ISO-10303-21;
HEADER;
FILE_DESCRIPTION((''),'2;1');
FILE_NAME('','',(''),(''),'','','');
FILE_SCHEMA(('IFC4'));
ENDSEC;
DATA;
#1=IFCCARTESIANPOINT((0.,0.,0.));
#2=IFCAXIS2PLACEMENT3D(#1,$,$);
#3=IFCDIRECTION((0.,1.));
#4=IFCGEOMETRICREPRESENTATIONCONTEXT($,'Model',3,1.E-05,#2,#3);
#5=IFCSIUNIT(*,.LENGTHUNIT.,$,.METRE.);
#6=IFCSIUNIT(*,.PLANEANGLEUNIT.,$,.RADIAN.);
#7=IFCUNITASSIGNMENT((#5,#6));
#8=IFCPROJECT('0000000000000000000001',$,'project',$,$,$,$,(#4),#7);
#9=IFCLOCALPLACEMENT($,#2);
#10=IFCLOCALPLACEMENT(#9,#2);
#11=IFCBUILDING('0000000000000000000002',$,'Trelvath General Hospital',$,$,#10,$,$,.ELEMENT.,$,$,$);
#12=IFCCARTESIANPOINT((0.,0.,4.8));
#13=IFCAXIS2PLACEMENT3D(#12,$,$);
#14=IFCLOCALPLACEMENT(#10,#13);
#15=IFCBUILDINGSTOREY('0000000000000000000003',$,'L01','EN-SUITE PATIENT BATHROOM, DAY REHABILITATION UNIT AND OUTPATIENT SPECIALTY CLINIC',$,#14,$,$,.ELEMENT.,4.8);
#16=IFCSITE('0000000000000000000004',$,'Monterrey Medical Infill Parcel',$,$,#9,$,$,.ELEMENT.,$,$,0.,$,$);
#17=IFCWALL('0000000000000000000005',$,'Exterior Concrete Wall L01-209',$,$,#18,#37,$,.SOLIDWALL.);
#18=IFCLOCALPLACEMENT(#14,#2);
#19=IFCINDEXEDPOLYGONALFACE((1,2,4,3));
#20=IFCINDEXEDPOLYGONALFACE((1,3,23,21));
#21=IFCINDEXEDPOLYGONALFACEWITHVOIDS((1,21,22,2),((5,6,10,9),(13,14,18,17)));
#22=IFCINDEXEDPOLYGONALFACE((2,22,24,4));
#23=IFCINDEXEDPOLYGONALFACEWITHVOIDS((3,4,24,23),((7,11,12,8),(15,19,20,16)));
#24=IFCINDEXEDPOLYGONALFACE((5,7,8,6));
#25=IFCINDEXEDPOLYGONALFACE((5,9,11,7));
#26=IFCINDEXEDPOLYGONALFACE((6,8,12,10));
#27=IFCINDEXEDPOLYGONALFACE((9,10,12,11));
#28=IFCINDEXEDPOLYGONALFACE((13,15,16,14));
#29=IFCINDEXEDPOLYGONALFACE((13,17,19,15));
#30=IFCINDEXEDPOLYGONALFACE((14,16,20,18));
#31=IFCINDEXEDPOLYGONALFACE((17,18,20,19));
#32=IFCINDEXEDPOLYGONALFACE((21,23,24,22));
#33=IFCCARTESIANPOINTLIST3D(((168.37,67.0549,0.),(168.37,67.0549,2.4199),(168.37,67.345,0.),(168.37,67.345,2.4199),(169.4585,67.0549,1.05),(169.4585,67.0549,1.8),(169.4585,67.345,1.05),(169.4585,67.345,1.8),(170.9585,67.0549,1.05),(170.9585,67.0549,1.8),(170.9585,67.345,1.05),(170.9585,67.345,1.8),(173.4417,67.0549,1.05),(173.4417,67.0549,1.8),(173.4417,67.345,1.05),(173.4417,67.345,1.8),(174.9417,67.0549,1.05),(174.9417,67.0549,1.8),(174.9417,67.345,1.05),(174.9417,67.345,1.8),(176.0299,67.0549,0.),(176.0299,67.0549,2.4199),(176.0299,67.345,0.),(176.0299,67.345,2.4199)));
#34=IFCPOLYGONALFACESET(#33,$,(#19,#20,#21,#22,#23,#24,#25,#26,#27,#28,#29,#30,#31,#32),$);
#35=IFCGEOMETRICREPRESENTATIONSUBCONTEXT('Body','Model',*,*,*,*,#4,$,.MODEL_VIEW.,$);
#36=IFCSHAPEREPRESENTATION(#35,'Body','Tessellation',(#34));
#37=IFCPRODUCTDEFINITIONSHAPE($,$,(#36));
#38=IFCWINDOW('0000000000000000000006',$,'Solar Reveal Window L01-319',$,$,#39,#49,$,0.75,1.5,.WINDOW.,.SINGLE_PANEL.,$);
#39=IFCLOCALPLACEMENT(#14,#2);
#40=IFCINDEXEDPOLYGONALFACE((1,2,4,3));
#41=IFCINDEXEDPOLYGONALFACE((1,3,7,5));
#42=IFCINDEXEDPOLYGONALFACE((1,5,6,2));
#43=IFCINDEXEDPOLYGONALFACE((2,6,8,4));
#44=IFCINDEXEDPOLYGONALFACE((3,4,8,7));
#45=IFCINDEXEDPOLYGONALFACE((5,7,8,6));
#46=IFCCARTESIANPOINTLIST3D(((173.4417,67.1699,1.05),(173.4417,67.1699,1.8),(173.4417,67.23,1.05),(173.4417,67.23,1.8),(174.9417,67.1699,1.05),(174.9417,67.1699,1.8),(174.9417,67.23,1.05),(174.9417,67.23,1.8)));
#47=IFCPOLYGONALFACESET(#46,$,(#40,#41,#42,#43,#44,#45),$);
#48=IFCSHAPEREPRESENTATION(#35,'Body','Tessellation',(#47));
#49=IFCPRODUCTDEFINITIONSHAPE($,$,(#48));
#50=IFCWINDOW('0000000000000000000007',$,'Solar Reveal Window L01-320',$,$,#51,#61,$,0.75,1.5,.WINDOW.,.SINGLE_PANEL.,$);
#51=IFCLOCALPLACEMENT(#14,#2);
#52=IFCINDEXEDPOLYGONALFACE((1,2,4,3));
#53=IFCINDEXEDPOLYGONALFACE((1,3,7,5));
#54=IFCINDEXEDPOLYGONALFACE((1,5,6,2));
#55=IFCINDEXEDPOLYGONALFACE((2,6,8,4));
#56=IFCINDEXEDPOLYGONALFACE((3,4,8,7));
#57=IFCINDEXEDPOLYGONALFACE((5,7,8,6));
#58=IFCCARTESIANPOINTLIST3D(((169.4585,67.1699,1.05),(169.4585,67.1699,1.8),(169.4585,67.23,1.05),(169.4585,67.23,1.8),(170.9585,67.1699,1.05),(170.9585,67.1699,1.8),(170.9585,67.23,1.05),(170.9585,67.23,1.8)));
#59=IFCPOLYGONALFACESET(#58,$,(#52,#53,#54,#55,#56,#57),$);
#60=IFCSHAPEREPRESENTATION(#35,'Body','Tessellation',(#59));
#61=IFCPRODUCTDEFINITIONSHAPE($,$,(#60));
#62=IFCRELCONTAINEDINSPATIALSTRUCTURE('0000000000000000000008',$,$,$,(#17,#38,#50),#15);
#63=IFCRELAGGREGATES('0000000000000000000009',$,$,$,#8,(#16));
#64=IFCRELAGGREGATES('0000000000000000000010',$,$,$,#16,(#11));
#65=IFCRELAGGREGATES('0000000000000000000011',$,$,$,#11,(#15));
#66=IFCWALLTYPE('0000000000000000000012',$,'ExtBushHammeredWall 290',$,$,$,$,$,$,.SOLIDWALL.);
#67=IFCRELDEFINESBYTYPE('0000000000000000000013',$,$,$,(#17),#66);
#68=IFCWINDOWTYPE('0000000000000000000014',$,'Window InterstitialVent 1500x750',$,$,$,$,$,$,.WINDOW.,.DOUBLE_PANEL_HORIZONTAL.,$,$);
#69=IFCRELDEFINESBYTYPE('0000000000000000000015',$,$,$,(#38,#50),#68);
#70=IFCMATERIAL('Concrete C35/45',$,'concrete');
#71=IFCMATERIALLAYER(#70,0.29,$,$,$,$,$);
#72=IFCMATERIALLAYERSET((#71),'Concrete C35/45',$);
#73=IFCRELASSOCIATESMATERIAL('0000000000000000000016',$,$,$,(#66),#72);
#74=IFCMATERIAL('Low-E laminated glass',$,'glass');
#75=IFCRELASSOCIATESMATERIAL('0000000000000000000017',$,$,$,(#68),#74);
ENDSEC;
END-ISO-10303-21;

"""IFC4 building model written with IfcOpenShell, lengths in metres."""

from ifc_helpers import new_model, si_unit, direction, frame, frame_2d, origin, place, context, subcontext, project, spatial, rectangle, extrude, material, layer, layer_set, type_object, element, fill, save


model = new_model("IFC4")

# Units and contexts
model_context = context("Model", 3, precision=1e-05, world=origin(), true_north=direction((0.0, 1.0)))
body_context = subcontext(model_context, "Body", "Model", "MODEL_VIEW")
ifc_project = project(units=[si_unit("LENGTHUNIT", "METRE"), si_unit("PLANEANGLEUNIT", "RADIAN")], contexts=[model_context])

# Site, building, storey
site_placement = place(None, origin())
site = spatial("IfcSite", under=ifc_project, at=site_placement, Name="Monterrey Medical Infill Parcel", CompositionType="ELEMENT", RefElevation=0.0)
building_placement = place(site_placement, origin())
building = spatial("IfcBuilding", under=site, at=building_placement, Name="Trelvath General Hospital", CompositionType="ELEMENT")
storey_placement = place(building_placement, frame((0.0, 0.0, 4.8)))
storey = spatial("IfcBuildingStorey", under=building, at=storey_placement, Name="L01", Description="EN-SUITE PATIENT BATHROOM, DAY REHABILITATION UNIT AND OUTPATIENT SPECIALTY CLINIC", CompositionType="ELEMENT", Elevation=4.8)

# Wall, openings, windows
ifc_material_1 = material(Name="Concrete C35/45", Category="concrete")
ifc_layer_1 = layer(ifc_material_1, 0.29)
ifc_layer_set_1 = layer_set([ifc_layer_1], Name="Concrete C35/45")
wall_type = type_object("IfcWallType", Name="ExtBushHammeredWall 290", PredefinedType="SOLIDWALL", material=ifc_layer_set_1)
wall_placement = place(storey_placement, frame((176.03, 67.2, 0.0), z_axis=(0.0, 0.0, 1.0), x_axis=(-1.0, 0.0, 0.0)))
wall = element("IfcWall", 1, at=wall_placement, inside=storey, type_object=wall_type, Name="Exterior Concrete Wall L01-209", PredefinedType="SOLIDWALL", context=body_context, shape_type="SweptSolid", body=[
    extrude(rectangle(XDim=7.6599, YDim=0.29, at=frame_2d((3.8301, 0.0))), origin(), (0.0, 0.0, 1.0), 2.4199),
])
opening_1_placement = place(wall_placement, frame((1.0884, 0.0, 1.05)))
opening_1 = element("IfcOpeningElement", 2, at=opening_1_placement, cuts=wall, PredefinedType="OPENING", context=body_context, shape_type="SweptSolid", body=[
    extrude(rectangle(XDim=1.5, YDim=0.75, at=frame_2d((0.75, 0.375))), frame((0.0, 0.155, 0.0), z_axis=(0.0, -1.0, 0.0), x_axis=(1.0, 0.0, 0.0)), (0.0, 0.0, 1.0), 0.3101),
])
opening_2_placement = place(wall_placement, frame((5.0715, 0.0, 1.05)))
opening_2 = element("IfcOpeningElement", 3, at=opening_2_placement, cuts=wall, PredefinedType="OPENING", context=body_context, shape_type="SweptSolid", body=[
    extrude(rectangle(XDim=1.5, YDim=0.75, at=frame_2d((0.75, 0.375))), frame((0.0, 0.155, 0.0), z_axis=(0.0, -1.0, 0.0), x_axis=(1.0, 0.0, 0.0)), (0.0, 0.0, 1.0), 0.3101),
])
ifc_material_2 = material(Name="Low-E laminated glass", Category="glass")
window_type = type_object("IfcWindowType", Name="Window InterstitialVent 1500x750", PartitioningType="DOUBLE_PANEL_HORIZONTAL", PredefinedType="WINDOW", material=ifc_material_2)
window_1_placement = place(opening_1_placement, origin())
window_1 = element("IfcWindow", 4, at=window_1_placement, inside=storey, type_object=window_type, Name="Solar Reveal Window L01-319", OverallHeight=0.75, OverallWidth=1.5, PartitioningType="SINGLE_PANEL", PredefinedType="WINDOW", context=body_context, shape_type="SweptSolid", body=[
    extrude(rectangle(XDim=1.5, YDim=0.75, at=frame_2d((0.75, 0.375))), frame((0.0, 0.03, 0.0), z_axis=(0.0, -1.0, 0.0), x_axis=(1.0, 0.0, 0.0)), (0.0, 0.0, 1.0), 0.0601),
])
fill(opening_1, window_1)
window_2_placement = place(opening_2_placement, origin())
window_2 = element("IfcWindow", 5, at=window_2_placement, inside=storey, type_object=window_type, Name="Solar Reveal Window L01-320", OverallHeight=0.75, OverallWidth=1.5, PartitioningType="SINGLE_PANEL", PredefinedType="WINDOW", context=body_context, shape_type="SweptSolid", body=[
    extrude(rectangle(XDim=1.5, YDim=0.75, at=frame_2d((0.75, 0.375))), frame((0.0, 0.03, 0.0), z_axis=(0.0, -1.0, 0.0), x_axis=(1.0, 0.0, 0.0)), (0.0, 0.0, 1.0), 0.0601),
])
fill(opening_2, window_2)

save(model, "model.ifc")
